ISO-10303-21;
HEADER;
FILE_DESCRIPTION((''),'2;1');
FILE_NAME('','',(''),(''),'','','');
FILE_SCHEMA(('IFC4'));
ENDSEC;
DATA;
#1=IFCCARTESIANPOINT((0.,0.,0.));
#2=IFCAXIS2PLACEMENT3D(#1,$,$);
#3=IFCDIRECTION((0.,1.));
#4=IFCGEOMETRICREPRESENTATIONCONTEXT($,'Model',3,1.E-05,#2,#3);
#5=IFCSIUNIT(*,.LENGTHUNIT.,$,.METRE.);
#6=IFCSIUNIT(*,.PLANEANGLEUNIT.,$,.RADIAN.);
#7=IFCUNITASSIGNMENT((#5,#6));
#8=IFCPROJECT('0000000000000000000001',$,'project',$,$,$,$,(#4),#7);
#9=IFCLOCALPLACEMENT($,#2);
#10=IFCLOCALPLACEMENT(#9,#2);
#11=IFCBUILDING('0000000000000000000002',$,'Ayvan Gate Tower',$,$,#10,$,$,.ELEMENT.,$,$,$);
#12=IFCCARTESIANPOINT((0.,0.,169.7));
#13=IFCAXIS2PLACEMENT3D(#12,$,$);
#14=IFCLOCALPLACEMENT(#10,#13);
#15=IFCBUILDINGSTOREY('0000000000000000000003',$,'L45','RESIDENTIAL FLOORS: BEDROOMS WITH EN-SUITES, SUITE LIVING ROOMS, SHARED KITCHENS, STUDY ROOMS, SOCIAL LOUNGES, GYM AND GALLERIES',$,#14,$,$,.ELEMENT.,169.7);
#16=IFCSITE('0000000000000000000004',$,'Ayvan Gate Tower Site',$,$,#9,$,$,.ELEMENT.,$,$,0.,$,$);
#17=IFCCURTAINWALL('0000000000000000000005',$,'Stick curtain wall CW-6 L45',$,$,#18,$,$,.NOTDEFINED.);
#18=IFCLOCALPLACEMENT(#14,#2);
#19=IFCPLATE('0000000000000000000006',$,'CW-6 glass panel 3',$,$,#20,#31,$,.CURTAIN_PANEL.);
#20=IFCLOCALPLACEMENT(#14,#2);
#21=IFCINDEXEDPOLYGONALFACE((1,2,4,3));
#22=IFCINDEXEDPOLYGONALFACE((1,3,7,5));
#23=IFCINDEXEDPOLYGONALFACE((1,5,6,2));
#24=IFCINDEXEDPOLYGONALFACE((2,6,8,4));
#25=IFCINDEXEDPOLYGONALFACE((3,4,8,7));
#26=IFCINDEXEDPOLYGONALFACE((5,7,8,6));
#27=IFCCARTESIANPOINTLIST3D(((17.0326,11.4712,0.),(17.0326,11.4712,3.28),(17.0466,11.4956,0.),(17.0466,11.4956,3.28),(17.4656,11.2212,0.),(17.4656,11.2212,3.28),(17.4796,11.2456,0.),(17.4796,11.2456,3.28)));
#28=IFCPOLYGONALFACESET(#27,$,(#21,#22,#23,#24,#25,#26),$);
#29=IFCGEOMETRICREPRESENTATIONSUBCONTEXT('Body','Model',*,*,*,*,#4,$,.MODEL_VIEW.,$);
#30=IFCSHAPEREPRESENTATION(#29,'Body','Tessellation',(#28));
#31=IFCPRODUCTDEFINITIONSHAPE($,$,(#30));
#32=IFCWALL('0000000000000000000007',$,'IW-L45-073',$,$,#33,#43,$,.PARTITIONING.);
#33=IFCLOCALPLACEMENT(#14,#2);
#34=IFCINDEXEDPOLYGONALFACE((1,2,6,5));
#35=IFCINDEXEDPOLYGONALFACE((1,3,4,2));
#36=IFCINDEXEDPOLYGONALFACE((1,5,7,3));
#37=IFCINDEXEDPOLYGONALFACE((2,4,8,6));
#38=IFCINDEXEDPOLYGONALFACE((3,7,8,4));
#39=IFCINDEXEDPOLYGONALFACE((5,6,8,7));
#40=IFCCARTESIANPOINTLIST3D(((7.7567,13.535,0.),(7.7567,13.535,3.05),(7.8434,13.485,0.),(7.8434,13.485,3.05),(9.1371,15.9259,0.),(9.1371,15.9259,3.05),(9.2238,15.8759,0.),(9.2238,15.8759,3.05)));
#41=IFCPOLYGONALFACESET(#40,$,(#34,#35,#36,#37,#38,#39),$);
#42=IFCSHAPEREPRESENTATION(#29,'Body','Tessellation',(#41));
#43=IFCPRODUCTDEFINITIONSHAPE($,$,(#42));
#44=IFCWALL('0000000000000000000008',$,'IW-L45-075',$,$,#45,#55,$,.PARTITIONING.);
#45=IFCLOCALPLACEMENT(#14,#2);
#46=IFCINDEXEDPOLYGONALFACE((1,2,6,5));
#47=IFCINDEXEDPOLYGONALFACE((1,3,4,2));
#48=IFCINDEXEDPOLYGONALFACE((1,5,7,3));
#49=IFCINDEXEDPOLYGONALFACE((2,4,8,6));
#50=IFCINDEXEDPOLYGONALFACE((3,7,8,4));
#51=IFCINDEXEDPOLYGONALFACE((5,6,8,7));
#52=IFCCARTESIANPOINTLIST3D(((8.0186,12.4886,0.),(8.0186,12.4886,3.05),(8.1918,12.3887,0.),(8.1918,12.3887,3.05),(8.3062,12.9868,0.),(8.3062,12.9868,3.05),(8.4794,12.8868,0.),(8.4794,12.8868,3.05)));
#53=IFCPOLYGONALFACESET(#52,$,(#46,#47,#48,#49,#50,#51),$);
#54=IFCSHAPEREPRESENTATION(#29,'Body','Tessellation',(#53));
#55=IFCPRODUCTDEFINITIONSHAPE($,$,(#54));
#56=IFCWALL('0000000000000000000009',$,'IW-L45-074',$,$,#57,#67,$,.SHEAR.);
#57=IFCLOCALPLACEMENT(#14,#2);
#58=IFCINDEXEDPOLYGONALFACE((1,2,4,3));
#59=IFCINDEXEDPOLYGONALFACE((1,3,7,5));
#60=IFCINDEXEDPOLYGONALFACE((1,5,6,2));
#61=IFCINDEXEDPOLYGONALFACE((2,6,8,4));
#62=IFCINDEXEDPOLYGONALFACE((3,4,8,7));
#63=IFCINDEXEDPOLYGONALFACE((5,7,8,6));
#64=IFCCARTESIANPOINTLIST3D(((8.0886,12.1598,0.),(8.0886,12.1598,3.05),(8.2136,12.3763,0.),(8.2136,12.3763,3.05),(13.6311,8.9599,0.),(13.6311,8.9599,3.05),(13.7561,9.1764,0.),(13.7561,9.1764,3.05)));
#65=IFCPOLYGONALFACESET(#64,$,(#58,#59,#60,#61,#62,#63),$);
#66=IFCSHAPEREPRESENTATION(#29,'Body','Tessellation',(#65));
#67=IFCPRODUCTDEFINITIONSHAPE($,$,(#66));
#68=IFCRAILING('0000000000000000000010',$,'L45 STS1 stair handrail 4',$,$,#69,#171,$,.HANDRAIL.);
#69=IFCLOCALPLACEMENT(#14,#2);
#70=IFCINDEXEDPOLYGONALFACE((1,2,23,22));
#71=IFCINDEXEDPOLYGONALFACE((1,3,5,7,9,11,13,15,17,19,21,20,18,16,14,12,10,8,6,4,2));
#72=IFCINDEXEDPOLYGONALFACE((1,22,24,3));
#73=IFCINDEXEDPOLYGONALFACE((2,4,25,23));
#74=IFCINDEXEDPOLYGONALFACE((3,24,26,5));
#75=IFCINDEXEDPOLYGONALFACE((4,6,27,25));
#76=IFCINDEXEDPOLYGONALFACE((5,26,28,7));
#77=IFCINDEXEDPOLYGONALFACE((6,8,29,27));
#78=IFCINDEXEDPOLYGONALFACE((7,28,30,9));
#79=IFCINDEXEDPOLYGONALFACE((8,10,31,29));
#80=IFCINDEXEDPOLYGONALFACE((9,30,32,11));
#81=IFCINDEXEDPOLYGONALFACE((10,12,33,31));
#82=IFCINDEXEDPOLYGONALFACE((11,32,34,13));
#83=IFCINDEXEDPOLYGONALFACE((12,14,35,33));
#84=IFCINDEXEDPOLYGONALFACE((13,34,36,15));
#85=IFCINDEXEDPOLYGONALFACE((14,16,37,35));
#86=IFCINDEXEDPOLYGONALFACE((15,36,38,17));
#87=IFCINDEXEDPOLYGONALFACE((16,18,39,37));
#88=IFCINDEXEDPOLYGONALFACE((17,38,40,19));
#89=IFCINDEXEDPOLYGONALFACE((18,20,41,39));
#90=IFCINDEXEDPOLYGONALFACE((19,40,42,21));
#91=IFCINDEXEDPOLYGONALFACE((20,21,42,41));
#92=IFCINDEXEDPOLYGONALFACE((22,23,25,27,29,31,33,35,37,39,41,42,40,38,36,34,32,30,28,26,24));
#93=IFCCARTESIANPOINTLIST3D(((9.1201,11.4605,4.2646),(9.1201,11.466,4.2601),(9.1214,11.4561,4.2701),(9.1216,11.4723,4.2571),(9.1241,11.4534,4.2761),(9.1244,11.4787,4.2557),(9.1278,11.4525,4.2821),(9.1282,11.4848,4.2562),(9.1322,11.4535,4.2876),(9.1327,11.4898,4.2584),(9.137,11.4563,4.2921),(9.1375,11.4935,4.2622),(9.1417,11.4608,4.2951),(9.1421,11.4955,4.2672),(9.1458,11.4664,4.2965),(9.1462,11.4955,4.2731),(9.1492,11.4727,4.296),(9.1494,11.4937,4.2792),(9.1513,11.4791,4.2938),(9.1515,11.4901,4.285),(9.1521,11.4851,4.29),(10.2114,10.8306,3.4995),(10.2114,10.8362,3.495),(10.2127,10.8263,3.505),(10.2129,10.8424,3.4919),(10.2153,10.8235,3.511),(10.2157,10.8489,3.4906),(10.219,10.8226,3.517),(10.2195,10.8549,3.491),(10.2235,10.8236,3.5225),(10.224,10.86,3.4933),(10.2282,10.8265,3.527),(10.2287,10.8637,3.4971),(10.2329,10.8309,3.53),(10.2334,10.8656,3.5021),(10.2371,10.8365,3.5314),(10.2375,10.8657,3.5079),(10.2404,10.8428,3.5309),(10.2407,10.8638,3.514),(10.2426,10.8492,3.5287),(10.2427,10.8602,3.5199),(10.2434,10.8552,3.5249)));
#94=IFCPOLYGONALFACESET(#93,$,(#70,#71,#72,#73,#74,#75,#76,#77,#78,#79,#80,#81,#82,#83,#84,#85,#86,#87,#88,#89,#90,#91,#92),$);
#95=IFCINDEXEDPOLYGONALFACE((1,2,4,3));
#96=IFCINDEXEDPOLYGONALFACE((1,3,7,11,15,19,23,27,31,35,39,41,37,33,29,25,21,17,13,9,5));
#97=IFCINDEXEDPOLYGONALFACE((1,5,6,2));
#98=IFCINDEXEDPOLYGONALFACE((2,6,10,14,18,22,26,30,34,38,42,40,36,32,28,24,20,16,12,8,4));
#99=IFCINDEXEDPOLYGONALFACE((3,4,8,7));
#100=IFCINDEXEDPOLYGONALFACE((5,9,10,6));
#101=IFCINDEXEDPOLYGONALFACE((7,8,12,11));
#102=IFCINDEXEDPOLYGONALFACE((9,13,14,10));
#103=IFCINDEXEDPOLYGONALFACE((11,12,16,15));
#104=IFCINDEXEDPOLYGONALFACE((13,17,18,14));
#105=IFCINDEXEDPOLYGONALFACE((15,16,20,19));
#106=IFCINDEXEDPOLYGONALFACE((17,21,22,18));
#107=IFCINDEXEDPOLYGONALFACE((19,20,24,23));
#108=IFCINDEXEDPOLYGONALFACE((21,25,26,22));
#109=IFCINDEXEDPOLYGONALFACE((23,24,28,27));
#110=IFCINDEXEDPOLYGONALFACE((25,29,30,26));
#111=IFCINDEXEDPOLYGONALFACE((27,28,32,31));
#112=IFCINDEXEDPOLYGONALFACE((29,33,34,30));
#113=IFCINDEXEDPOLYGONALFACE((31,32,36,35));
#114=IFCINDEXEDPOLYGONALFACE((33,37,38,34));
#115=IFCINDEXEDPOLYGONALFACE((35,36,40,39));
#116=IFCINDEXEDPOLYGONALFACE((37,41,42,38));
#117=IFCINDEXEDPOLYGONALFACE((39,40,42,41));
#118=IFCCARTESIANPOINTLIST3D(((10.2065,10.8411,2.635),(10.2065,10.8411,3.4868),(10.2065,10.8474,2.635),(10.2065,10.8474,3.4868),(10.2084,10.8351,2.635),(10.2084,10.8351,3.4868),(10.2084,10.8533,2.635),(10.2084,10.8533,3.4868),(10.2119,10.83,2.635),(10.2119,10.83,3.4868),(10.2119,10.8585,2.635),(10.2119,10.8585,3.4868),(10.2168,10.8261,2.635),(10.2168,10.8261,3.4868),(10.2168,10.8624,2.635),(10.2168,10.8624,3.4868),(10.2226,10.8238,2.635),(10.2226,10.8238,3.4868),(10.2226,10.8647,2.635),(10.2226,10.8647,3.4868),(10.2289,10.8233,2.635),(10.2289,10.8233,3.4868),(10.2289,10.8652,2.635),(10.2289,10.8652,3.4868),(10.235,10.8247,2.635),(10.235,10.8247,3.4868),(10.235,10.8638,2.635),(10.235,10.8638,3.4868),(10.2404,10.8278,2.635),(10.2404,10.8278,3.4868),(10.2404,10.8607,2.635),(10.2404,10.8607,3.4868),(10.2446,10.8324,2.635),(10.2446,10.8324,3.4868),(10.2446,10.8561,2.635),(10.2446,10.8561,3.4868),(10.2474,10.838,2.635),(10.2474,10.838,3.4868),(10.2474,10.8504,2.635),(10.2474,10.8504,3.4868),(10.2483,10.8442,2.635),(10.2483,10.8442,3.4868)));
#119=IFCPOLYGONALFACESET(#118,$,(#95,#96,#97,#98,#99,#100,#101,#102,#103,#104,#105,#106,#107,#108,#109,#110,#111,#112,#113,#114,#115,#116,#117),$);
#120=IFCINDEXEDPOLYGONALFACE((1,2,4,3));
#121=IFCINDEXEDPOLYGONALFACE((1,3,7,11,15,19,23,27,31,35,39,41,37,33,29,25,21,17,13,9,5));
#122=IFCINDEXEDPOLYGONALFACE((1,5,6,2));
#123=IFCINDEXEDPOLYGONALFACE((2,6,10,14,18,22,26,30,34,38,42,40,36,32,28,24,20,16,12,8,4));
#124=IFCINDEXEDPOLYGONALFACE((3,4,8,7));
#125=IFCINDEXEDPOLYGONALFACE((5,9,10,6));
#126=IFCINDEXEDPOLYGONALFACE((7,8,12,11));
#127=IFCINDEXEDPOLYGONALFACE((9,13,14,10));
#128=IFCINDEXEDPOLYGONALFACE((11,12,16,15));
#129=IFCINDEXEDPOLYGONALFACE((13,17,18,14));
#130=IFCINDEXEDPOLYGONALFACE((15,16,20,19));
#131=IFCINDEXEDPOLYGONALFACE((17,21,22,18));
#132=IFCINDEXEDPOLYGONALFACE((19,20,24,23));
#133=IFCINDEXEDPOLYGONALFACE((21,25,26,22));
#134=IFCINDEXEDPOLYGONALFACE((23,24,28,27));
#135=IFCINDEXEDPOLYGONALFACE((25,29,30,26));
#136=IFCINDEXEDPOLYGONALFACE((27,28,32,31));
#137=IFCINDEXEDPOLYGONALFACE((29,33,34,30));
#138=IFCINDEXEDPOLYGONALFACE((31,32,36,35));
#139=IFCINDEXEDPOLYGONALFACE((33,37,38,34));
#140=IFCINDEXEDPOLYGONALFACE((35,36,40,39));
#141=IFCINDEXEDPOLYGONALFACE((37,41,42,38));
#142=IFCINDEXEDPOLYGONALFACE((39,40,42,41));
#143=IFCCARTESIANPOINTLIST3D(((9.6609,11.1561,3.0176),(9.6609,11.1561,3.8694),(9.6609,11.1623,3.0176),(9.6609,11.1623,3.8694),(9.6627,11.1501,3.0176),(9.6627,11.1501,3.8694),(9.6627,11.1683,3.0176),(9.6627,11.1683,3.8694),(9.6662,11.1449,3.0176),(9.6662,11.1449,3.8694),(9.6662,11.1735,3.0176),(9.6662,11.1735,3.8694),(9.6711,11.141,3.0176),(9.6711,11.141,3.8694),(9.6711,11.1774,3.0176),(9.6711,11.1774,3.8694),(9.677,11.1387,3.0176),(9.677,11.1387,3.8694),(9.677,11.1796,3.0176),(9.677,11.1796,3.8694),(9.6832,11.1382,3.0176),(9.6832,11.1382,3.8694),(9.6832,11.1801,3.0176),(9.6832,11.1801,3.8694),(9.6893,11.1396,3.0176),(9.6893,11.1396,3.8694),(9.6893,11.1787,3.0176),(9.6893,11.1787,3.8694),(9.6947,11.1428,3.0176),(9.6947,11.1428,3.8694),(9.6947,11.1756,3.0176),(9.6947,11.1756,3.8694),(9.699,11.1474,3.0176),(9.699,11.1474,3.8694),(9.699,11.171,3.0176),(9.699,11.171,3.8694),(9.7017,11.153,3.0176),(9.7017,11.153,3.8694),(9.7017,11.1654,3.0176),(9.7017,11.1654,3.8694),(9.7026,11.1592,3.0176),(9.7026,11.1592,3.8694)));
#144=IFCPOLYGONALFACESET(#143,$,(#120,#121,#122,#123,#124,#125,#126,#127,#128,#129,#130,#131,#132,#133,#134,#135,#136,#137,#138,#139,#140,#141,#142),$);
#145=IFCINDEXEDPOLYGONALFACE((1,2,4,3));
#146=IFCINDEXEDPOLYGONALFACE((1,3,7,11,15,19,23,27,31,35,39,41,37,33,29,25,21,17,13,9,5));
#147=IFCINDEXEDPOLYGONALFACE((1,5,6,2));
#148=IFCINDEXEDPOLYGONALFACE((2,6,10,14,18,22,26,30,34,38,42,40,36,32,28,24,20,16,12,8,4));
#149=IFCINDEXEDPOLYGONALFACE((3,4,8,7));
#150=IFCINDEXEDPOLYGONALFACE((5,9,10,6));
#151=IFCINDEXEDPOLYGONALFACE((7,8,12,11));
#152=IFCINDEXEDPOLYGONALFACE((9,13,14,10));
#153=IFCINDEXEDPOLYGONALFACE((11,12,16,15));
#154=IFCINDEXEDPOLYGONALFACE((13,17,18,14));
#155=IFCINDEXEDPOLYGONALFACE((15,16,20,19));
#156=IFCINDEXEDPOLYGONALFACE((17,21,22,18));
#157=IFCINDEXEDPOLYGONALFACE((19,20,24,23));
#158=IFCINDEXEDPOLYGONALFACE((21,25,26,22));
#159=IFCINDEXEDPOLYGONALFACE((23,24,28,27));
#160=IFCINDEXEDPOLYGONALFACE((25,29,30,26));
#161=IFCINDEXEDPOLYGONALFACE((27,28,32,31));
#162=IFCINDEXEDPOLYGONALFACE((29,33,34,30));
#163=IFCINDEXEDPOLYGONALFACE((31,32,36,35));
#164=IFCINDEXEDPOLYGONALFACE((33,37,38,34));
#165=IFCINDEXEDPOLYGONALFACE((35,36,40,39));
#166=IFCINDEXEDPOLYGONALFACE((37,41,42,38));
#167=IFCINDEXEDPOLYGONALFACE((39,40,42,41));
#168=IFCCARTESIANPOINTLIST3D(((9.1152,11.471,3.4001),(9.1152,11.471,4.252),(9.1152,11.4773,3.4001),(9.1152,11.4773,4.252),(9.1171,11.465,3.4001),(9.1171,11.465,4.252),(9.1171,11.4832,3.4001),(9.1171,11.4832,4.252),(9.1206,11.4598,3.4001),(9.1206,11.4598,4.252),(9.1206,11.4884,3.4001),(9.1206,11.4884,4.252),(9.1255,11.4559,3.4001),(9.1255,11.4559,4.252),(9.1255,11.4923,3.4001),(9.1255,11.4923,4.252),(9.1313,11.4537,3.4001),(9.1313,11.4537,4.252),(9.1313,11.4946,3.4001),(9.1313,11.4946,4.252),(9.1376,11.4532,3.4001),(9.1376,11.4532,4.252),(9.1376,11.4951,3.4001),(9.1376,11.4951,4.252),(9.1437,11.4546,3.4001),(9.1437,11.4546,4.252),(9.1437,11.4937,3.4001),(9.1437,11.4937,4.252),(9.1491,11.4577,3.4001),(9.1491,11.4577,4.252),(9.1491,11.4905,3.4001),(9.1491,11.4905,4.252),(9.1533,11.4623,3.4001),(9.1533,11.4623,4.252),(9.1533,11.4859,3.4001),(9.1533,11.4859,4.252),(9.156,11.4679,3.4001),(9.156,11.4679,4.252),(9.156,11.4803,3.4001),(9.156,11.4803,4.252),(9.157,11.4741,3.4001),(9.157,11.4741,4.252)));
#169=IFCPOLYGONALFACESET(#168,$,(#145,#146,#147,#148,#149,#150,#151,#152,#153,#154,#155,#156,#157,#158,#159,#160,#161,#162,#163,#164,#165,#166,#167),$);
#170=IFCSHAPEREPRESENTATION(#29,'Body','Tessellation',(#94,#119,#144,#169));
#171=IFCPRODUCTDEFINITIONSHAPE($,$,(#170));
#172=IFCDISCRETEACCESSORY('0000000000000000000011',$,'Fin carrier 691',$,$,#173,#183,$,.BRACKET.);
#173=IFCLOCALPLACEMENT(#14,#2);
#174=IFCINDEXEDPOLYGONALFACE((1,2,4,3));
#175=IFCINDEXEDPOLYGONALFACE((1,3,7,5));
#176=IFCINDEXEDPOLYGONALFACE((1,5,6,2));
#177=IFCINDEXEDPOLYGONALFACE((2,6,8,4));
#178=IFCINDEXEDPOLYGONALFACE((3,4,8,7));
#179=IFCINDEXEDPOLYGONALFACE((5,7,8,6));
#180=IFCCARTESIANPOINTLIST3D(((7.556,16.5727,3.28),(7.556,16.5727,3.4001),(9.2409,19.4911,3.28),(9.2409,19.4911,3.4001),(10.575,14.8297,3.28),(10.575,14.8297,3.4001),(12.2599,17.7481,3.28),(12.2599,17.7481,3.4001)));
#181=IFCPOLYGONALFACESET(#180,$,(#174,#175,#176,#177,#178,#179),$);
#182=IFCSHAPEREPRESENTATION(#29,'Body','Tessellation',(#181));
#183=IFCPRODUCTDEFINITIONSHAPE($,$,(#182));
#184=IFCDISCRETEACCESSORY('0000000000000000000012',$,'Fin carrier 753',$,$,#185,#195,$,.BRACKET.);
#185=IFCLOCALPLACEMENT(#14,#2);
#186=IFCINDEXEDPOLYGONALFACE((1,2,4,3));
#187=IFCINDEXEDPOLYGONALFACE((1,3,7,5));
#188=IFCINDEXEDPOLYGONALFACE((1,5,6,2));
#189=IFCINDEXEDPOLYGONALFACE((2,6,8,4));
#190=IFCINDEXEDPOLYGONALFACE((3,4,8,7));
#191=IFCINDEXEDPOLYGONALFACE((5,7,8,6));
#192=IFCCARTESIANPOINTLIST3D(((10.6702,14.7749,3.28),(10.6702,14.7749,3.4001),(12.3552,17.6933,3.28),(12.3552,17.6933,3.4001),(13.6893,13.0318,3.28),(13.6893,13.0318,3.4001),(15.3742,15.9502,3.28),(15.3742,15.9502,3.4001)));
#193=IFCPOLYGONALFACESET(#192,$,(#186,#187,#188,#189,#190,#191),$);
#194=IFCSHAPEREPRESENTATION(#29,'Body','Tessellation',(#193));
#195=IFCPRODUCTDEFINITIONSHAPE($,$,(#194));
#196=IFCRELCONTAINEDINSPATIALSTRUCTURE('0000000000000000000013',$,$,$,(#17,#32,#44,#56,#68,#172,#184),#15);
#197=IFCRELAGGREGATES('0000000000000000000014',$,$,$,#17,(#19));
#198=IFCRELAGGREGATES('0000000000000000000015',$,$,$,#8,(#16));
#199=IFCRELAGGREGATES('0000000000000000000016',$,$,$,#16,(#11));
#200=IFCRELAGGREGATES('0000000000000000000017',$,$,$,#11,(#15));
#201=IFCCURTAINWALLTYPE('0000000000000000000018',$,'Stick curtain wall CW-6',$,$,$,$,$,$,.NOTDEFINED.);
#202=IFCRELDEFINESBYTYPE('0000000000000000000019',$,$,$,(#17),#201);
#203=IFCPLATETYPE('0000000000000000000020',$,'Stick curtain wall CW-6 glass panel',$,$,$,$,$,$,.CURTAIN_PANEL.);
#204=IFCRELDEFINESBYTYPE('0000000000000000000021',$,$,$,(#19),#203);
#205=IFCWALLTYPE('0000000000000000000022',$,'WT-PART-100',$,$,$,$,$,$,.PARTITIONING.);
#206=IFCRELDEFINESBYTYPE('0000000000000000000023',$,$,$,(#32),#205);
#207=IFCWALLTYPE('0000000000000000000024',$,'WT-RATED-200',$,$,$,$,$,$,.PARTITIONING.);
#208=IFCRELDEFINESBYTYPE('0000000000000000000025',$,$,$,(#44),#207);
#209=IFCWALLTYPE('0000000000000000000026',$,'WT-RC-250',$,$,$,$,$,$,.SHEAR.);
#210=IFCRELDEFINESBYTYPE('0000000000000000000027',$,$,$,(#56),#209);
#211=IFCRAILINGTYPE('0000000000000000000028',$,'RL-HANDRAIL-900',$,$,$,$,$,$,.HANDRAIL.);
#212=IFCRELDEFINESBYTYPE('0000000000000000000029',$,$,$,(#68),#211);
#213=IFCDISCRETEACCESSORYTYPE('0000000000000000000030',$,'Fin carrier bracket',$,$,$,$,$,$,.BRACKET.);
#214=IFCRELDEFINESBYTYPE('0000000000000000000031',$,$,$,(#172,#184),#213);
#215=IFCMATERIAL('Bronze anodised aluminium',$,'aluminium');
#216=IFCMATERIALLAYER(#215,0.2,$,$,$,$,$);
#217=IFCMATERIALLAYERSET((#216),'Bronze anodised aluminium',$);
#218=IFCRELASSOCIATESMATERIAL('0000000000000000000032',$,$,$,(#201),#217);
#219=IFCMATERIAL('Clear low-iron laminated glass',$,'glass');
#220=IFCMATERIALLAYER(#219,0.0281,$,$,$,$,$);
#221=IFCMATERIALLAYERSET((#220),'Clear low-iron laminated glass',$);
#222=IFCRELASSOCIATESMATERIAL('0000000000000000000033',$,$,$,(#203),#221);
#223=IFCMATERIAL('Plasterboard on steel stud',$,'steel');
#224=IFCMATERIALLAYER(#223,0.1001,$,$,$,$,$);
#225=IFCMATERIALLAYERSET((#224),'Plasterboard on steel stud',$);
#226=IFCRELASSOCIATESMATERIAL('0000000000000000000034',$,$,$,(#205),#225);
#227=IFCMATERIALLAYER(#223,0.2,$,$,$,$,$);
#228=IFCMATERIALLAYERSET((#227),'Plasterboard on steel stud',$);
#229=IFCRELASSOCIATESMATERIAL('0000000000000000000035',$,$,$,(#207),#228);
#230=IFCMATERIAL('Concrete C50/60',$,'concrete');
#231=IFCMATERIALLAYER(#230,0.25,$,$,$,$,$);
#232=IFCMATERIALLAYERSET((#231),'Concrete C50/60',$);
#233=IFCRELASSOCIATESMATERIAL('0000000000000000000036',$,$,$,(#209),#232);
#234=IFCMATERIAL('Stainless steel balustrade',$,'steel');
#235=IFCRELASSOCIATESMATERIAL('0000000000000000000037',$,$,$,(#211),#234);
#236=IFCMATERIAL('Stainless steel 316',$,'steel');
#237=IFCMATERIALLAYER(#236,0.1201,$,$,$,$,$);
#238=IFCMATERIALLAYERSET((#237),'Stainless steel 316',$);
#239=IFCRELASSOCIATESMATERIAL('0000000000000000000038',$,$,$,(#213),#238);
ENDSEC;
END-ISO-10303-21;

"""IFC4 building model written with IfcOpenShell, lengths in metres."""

from ifc_helpers import new_model, si_unit, direction, frame, frame_2d, origin, origin_2d, place, context, subcontext, project, spatial, rectangle, circle, extrude, material, layer, layer_set, type_object, element, aggregate, save


model = new_model("IFC4")

# Units and contexts
model_context = context("Model", 3, precision=1e-05, world=origin(), true_north=direction((0.0, 1.0)))
body_context = subcontext(model_context, "Body", "Model", "MODEL_VIEW")
ifc_project = project(units=[si_unit("LENGTHUNIT", "METRE"), si_unit("PLANEANGLEUNIT", "RADIAN")], contexts=[model_context])

# Site, building, storey
site_placement = place(None, origin())
site = spatial("IfcSite", under=ifc_project, at=site_placement, Name="Ayvan Gate Tower Site", CompositionType="ELEMENT", RefElevation=0.0)
building_placement = place(site_placement, origin())
building = spatial("IfcBuilding", under=site, at=building_placement, Name="Ayvan Gate Tower", CompositionType="ELEMENT")
storey_placement = place(building_placement, frame((0.0, 0.0, 169.7)))
storey = spatial("IfcBuildingStorey", under=building, at=storey_placement, Name="L45", Description="RESIDENTIAL FLOORS: BEDROOMS WITH EN-SUITES, SUITE LIVING ROOMS, SHARED KITCHENS, STUDY ROOMS, SOCIAL LOUNGES, GYM AND GALLERIES", CompositionType="ELEMENT", Elevation=169.7)

# Curtain wall
ifc_material_1 = material(Name="Bronze anodised aluminium", Category="aluminium")
ifc_layer_1 = layer(ifc_material_1, 0.2)
ifc_layer_set_1 = layer_set([ifc_layer_1], Name="Bronze anodised aluminium")
curtain_wall_type_1 = type_object("IfcCurtainWallType", Name="Stick curtain wall CW-6", PredefinedType="NOTDEFINED", material=ifc_layer_set_1)
curtain_wall_1_placement = place(storey_placement, origin())
curtain_wall_1 = element("IfcCurtainWall", 1, at=curtain_wall_1_placement, inside=storey, type_object=curtain_wall_type_1, Name="Stick curtain wall CW-6 L45", PredefinedType="NOTDEFINED")

# Plate
ifc_material_2 = material(Name="Clear low-iron laminated glass", Category="glass")
ifc_layer_2 = layer(ifc_material_2, 0.0281)
ifc_layer_set_2 = layer_set([ifc_layer_2], Name="Clear low-iron laminated glass")
plate_type_1 = type_object("IfcPlateType", Name="Stick curtain wall CW-6 glass panel", PredefinedType="CURTAIN_PANEL", material=ifc_layer_set_2)
plate_1_placement = place(storey_placement, frame((17.2561, 11.3584, 0.0), z_axis=(0.0, 0.0, 1.0), x_axis=(-0.866025, 0.5, 0.0)))
plate_1 = element("IfcPlate", 2, at=plate_1_placement, type_object=plate_type_1, Name="CW-6 glass panel 3", PredefinedType="CURTAIN_PANEL", context=body_context, shape_type="SweptSolid", body=[
    extrude(rectangle(XDim=0.5, YDim=0.0281, at=origin_2d()), origin(), (0.0, 0.0, 1.0), 3.28),
])
aggregate(curtain_wall_1, [plate_1])

# Walls
ifc_material_3 = material(Name="Plasterboard on steel stud", Category="steel")
ifc_layer_3 = layer(ifc_material_3, 0.1001)
ifc_layer_set_3 = layer_set([ifc_layer_3], Name="Plasterboard on steel stud")
wall_type_1 = type_object("IfcWallType", Name="WT-PART-100", PredefinedType="PARTITIONING", material=ifc_layer_set_3)
wall_1_placement = place(storey_placement, frame((7.8, 13.51, 0.0), z_axis=(0.0, 0.0, 1.0), x_axis=(0.500001, 0.866025, 0.0)))
element("IfcWall", 3, at=wall_1_placement, inside=storey, type_object=wall_type_1, Name="IW-L45-073", PredefinedType="PARTITIONING", context=body_context, shape_type="SweptSolid", body=[
    extrude(rectangle(XDim=2.7607, YDim=0.1001, at=frame_2d((1.3804, 0.0))), origin(), (0.0, 0.0, 1.0), 3.05),
])
ifc_layer_4 = layer(ifc_material_3, 0.2)
ifc_layer_set_4 = layer_set([ifc_layer_4], Name="Plasterboard on steel stud")
wall_type_2 = type_object("IfcWallType", Name="WT-RATED-200", PredefinedType="PARTITIONING", material=ifc_layer_set_4)
wall_2_placement = place(storey_placement, frame((8.3928, 12.9368, 0.0), z_axis=(0.0, 0.0, 1.0), x_axis=(-0.500065, -0.865988, 0.0)))
element("IfcWall", 4, at=wall_2_placement, inside=storey, type_object=wall_type_2, Name="IW-L45-075", PredefinedType="PARTITIONING", context=body_context, shape_type="SweptSolid", body=[
    extrude(rectangle(XDim=0.5752, YDim=0.2, at=frame_2d((0.2876, 0.0))), origin(), (0.0, 0.0, 1.0), 3.05),
])
ifc_material_4 = material(Name="Concrete C50/60", Category="concrete")
ifc_layer_5 = layer(ifc_material_4, 0.25)
ifc_layer_set_5 = layer_set([ifc_layer_5], Name="Concrete C50/60")
wall_type_3 = type_object("IfcWallType", Name="WT-RC-250", PredefinedType="SHEAR", material=ifc_layer_set_5)
wall_3_placement = place(storey_placement, frame((8.1511, 12.2681, 0.0), z_axis=(0.0, 0.0, 1.0), x_axis=(0.866025, -0.5, 0.0)))
element("IfcWall", 5, at=wall_3_placement, inside=storey, type_object=wall_type_3, Name="IW-L45-074", PredefinedType="SHEAR", context=body_context, shape_type="SweptSolid", body=[
    extrude(rectangle(XDim=6.3999, YDim=0.25, at=frame_2d((3.2, 0.0))), origin(), (0.0, 0.0, 1.0), 3.05),
])

# Railing
ifc_material_5 = material(Name="Stainless steel balustrade", Category="steel")
railing_type = type_object("IfcRailingType", Name="RL-HANDRAIL-900", PredefinedType="HANDRAIL", material=ifc_material_5)
railing_placement = place(storey_placement, frame((10.2273, 10.8442, 2.635)))
element("IfcRailing", 6, at=railing_placement, inside=storey, type_object=railing_type, Name="L45 STS1 stair handrail 4", PredefinedType="HANDRAIL", context=body_context, shape_type="SweptSolid", body=[
    extrude(circle(Radius=0.0239, at=origin_2d()), frame((0.0, 0.0, 0.876), z_axis=(-0.740293, 0.427283, 0.519033), x_axis=(-0.49989, -0.866089, 0.0)), (0.0, 0.0, 1.0), 1.4741),
    extrude(circle(Radius=0.021, at=origin_2d()), origin(), (0.0, 0.0, 1.0), 0.8518),
    extrude(circle(Radius=0.021, at=origin_2d()), frame((-0.5457, 0.3149, 0.3826)), (0.0, 0.0, 1.0), 0.8518),
    extrude(circle(Radius=0.021, at=origin_2d()), frame((-1.0913, 0.6299, 0.7651)), (0.0, 0.0, 1.0), 0.8518),
])

# Discrete accessories
ifc_material_6 = material(Name="Stainless steel 316", Category="steel")
ifc_layer_6 = layer(ifc_material_6, 0.1201)
ifc_layer_set_6 = layer_set([ifc_layer_6], Name="Stainless steel 316")
discrete_accessory_type = type_object("IfcDiscreteAccessoryType", Name="Fin carrier bracket", PredefinedType="BRACKET", material=ifc_layer_set_6)
for number, where, z_axis, x_axis, name in (
    (7, (9.908, 17.1604, 3.28), (0.0, 0.0, 1.0), (-0.866025, 0.5, 0.0), "Fin carrier 691"),
    (8, (13.0222, 15.3625, 3.28), (0.0, 0.0, 1.0), (-0.866025, 0.5, 0.0), "Fin carrier 753"),
):
    element("IfcDiscreteAccessory", number, at=place(storey_placement, frame(where, z_axis=z_axis, x_axis=x_axis)), inside=storey, type_object=discrete_accessory_type, Name=name, PredefinedType="BRACKET", context=body_context, shape_type="SweptSolid", body=[
        extrude(rectangle(XDim=3.4861, YDim=3.3699, at=origin_2d()), origin(), (0.0, 0.0, 1.0), 0.1201),
    ])

save(model, "model.ifc")
